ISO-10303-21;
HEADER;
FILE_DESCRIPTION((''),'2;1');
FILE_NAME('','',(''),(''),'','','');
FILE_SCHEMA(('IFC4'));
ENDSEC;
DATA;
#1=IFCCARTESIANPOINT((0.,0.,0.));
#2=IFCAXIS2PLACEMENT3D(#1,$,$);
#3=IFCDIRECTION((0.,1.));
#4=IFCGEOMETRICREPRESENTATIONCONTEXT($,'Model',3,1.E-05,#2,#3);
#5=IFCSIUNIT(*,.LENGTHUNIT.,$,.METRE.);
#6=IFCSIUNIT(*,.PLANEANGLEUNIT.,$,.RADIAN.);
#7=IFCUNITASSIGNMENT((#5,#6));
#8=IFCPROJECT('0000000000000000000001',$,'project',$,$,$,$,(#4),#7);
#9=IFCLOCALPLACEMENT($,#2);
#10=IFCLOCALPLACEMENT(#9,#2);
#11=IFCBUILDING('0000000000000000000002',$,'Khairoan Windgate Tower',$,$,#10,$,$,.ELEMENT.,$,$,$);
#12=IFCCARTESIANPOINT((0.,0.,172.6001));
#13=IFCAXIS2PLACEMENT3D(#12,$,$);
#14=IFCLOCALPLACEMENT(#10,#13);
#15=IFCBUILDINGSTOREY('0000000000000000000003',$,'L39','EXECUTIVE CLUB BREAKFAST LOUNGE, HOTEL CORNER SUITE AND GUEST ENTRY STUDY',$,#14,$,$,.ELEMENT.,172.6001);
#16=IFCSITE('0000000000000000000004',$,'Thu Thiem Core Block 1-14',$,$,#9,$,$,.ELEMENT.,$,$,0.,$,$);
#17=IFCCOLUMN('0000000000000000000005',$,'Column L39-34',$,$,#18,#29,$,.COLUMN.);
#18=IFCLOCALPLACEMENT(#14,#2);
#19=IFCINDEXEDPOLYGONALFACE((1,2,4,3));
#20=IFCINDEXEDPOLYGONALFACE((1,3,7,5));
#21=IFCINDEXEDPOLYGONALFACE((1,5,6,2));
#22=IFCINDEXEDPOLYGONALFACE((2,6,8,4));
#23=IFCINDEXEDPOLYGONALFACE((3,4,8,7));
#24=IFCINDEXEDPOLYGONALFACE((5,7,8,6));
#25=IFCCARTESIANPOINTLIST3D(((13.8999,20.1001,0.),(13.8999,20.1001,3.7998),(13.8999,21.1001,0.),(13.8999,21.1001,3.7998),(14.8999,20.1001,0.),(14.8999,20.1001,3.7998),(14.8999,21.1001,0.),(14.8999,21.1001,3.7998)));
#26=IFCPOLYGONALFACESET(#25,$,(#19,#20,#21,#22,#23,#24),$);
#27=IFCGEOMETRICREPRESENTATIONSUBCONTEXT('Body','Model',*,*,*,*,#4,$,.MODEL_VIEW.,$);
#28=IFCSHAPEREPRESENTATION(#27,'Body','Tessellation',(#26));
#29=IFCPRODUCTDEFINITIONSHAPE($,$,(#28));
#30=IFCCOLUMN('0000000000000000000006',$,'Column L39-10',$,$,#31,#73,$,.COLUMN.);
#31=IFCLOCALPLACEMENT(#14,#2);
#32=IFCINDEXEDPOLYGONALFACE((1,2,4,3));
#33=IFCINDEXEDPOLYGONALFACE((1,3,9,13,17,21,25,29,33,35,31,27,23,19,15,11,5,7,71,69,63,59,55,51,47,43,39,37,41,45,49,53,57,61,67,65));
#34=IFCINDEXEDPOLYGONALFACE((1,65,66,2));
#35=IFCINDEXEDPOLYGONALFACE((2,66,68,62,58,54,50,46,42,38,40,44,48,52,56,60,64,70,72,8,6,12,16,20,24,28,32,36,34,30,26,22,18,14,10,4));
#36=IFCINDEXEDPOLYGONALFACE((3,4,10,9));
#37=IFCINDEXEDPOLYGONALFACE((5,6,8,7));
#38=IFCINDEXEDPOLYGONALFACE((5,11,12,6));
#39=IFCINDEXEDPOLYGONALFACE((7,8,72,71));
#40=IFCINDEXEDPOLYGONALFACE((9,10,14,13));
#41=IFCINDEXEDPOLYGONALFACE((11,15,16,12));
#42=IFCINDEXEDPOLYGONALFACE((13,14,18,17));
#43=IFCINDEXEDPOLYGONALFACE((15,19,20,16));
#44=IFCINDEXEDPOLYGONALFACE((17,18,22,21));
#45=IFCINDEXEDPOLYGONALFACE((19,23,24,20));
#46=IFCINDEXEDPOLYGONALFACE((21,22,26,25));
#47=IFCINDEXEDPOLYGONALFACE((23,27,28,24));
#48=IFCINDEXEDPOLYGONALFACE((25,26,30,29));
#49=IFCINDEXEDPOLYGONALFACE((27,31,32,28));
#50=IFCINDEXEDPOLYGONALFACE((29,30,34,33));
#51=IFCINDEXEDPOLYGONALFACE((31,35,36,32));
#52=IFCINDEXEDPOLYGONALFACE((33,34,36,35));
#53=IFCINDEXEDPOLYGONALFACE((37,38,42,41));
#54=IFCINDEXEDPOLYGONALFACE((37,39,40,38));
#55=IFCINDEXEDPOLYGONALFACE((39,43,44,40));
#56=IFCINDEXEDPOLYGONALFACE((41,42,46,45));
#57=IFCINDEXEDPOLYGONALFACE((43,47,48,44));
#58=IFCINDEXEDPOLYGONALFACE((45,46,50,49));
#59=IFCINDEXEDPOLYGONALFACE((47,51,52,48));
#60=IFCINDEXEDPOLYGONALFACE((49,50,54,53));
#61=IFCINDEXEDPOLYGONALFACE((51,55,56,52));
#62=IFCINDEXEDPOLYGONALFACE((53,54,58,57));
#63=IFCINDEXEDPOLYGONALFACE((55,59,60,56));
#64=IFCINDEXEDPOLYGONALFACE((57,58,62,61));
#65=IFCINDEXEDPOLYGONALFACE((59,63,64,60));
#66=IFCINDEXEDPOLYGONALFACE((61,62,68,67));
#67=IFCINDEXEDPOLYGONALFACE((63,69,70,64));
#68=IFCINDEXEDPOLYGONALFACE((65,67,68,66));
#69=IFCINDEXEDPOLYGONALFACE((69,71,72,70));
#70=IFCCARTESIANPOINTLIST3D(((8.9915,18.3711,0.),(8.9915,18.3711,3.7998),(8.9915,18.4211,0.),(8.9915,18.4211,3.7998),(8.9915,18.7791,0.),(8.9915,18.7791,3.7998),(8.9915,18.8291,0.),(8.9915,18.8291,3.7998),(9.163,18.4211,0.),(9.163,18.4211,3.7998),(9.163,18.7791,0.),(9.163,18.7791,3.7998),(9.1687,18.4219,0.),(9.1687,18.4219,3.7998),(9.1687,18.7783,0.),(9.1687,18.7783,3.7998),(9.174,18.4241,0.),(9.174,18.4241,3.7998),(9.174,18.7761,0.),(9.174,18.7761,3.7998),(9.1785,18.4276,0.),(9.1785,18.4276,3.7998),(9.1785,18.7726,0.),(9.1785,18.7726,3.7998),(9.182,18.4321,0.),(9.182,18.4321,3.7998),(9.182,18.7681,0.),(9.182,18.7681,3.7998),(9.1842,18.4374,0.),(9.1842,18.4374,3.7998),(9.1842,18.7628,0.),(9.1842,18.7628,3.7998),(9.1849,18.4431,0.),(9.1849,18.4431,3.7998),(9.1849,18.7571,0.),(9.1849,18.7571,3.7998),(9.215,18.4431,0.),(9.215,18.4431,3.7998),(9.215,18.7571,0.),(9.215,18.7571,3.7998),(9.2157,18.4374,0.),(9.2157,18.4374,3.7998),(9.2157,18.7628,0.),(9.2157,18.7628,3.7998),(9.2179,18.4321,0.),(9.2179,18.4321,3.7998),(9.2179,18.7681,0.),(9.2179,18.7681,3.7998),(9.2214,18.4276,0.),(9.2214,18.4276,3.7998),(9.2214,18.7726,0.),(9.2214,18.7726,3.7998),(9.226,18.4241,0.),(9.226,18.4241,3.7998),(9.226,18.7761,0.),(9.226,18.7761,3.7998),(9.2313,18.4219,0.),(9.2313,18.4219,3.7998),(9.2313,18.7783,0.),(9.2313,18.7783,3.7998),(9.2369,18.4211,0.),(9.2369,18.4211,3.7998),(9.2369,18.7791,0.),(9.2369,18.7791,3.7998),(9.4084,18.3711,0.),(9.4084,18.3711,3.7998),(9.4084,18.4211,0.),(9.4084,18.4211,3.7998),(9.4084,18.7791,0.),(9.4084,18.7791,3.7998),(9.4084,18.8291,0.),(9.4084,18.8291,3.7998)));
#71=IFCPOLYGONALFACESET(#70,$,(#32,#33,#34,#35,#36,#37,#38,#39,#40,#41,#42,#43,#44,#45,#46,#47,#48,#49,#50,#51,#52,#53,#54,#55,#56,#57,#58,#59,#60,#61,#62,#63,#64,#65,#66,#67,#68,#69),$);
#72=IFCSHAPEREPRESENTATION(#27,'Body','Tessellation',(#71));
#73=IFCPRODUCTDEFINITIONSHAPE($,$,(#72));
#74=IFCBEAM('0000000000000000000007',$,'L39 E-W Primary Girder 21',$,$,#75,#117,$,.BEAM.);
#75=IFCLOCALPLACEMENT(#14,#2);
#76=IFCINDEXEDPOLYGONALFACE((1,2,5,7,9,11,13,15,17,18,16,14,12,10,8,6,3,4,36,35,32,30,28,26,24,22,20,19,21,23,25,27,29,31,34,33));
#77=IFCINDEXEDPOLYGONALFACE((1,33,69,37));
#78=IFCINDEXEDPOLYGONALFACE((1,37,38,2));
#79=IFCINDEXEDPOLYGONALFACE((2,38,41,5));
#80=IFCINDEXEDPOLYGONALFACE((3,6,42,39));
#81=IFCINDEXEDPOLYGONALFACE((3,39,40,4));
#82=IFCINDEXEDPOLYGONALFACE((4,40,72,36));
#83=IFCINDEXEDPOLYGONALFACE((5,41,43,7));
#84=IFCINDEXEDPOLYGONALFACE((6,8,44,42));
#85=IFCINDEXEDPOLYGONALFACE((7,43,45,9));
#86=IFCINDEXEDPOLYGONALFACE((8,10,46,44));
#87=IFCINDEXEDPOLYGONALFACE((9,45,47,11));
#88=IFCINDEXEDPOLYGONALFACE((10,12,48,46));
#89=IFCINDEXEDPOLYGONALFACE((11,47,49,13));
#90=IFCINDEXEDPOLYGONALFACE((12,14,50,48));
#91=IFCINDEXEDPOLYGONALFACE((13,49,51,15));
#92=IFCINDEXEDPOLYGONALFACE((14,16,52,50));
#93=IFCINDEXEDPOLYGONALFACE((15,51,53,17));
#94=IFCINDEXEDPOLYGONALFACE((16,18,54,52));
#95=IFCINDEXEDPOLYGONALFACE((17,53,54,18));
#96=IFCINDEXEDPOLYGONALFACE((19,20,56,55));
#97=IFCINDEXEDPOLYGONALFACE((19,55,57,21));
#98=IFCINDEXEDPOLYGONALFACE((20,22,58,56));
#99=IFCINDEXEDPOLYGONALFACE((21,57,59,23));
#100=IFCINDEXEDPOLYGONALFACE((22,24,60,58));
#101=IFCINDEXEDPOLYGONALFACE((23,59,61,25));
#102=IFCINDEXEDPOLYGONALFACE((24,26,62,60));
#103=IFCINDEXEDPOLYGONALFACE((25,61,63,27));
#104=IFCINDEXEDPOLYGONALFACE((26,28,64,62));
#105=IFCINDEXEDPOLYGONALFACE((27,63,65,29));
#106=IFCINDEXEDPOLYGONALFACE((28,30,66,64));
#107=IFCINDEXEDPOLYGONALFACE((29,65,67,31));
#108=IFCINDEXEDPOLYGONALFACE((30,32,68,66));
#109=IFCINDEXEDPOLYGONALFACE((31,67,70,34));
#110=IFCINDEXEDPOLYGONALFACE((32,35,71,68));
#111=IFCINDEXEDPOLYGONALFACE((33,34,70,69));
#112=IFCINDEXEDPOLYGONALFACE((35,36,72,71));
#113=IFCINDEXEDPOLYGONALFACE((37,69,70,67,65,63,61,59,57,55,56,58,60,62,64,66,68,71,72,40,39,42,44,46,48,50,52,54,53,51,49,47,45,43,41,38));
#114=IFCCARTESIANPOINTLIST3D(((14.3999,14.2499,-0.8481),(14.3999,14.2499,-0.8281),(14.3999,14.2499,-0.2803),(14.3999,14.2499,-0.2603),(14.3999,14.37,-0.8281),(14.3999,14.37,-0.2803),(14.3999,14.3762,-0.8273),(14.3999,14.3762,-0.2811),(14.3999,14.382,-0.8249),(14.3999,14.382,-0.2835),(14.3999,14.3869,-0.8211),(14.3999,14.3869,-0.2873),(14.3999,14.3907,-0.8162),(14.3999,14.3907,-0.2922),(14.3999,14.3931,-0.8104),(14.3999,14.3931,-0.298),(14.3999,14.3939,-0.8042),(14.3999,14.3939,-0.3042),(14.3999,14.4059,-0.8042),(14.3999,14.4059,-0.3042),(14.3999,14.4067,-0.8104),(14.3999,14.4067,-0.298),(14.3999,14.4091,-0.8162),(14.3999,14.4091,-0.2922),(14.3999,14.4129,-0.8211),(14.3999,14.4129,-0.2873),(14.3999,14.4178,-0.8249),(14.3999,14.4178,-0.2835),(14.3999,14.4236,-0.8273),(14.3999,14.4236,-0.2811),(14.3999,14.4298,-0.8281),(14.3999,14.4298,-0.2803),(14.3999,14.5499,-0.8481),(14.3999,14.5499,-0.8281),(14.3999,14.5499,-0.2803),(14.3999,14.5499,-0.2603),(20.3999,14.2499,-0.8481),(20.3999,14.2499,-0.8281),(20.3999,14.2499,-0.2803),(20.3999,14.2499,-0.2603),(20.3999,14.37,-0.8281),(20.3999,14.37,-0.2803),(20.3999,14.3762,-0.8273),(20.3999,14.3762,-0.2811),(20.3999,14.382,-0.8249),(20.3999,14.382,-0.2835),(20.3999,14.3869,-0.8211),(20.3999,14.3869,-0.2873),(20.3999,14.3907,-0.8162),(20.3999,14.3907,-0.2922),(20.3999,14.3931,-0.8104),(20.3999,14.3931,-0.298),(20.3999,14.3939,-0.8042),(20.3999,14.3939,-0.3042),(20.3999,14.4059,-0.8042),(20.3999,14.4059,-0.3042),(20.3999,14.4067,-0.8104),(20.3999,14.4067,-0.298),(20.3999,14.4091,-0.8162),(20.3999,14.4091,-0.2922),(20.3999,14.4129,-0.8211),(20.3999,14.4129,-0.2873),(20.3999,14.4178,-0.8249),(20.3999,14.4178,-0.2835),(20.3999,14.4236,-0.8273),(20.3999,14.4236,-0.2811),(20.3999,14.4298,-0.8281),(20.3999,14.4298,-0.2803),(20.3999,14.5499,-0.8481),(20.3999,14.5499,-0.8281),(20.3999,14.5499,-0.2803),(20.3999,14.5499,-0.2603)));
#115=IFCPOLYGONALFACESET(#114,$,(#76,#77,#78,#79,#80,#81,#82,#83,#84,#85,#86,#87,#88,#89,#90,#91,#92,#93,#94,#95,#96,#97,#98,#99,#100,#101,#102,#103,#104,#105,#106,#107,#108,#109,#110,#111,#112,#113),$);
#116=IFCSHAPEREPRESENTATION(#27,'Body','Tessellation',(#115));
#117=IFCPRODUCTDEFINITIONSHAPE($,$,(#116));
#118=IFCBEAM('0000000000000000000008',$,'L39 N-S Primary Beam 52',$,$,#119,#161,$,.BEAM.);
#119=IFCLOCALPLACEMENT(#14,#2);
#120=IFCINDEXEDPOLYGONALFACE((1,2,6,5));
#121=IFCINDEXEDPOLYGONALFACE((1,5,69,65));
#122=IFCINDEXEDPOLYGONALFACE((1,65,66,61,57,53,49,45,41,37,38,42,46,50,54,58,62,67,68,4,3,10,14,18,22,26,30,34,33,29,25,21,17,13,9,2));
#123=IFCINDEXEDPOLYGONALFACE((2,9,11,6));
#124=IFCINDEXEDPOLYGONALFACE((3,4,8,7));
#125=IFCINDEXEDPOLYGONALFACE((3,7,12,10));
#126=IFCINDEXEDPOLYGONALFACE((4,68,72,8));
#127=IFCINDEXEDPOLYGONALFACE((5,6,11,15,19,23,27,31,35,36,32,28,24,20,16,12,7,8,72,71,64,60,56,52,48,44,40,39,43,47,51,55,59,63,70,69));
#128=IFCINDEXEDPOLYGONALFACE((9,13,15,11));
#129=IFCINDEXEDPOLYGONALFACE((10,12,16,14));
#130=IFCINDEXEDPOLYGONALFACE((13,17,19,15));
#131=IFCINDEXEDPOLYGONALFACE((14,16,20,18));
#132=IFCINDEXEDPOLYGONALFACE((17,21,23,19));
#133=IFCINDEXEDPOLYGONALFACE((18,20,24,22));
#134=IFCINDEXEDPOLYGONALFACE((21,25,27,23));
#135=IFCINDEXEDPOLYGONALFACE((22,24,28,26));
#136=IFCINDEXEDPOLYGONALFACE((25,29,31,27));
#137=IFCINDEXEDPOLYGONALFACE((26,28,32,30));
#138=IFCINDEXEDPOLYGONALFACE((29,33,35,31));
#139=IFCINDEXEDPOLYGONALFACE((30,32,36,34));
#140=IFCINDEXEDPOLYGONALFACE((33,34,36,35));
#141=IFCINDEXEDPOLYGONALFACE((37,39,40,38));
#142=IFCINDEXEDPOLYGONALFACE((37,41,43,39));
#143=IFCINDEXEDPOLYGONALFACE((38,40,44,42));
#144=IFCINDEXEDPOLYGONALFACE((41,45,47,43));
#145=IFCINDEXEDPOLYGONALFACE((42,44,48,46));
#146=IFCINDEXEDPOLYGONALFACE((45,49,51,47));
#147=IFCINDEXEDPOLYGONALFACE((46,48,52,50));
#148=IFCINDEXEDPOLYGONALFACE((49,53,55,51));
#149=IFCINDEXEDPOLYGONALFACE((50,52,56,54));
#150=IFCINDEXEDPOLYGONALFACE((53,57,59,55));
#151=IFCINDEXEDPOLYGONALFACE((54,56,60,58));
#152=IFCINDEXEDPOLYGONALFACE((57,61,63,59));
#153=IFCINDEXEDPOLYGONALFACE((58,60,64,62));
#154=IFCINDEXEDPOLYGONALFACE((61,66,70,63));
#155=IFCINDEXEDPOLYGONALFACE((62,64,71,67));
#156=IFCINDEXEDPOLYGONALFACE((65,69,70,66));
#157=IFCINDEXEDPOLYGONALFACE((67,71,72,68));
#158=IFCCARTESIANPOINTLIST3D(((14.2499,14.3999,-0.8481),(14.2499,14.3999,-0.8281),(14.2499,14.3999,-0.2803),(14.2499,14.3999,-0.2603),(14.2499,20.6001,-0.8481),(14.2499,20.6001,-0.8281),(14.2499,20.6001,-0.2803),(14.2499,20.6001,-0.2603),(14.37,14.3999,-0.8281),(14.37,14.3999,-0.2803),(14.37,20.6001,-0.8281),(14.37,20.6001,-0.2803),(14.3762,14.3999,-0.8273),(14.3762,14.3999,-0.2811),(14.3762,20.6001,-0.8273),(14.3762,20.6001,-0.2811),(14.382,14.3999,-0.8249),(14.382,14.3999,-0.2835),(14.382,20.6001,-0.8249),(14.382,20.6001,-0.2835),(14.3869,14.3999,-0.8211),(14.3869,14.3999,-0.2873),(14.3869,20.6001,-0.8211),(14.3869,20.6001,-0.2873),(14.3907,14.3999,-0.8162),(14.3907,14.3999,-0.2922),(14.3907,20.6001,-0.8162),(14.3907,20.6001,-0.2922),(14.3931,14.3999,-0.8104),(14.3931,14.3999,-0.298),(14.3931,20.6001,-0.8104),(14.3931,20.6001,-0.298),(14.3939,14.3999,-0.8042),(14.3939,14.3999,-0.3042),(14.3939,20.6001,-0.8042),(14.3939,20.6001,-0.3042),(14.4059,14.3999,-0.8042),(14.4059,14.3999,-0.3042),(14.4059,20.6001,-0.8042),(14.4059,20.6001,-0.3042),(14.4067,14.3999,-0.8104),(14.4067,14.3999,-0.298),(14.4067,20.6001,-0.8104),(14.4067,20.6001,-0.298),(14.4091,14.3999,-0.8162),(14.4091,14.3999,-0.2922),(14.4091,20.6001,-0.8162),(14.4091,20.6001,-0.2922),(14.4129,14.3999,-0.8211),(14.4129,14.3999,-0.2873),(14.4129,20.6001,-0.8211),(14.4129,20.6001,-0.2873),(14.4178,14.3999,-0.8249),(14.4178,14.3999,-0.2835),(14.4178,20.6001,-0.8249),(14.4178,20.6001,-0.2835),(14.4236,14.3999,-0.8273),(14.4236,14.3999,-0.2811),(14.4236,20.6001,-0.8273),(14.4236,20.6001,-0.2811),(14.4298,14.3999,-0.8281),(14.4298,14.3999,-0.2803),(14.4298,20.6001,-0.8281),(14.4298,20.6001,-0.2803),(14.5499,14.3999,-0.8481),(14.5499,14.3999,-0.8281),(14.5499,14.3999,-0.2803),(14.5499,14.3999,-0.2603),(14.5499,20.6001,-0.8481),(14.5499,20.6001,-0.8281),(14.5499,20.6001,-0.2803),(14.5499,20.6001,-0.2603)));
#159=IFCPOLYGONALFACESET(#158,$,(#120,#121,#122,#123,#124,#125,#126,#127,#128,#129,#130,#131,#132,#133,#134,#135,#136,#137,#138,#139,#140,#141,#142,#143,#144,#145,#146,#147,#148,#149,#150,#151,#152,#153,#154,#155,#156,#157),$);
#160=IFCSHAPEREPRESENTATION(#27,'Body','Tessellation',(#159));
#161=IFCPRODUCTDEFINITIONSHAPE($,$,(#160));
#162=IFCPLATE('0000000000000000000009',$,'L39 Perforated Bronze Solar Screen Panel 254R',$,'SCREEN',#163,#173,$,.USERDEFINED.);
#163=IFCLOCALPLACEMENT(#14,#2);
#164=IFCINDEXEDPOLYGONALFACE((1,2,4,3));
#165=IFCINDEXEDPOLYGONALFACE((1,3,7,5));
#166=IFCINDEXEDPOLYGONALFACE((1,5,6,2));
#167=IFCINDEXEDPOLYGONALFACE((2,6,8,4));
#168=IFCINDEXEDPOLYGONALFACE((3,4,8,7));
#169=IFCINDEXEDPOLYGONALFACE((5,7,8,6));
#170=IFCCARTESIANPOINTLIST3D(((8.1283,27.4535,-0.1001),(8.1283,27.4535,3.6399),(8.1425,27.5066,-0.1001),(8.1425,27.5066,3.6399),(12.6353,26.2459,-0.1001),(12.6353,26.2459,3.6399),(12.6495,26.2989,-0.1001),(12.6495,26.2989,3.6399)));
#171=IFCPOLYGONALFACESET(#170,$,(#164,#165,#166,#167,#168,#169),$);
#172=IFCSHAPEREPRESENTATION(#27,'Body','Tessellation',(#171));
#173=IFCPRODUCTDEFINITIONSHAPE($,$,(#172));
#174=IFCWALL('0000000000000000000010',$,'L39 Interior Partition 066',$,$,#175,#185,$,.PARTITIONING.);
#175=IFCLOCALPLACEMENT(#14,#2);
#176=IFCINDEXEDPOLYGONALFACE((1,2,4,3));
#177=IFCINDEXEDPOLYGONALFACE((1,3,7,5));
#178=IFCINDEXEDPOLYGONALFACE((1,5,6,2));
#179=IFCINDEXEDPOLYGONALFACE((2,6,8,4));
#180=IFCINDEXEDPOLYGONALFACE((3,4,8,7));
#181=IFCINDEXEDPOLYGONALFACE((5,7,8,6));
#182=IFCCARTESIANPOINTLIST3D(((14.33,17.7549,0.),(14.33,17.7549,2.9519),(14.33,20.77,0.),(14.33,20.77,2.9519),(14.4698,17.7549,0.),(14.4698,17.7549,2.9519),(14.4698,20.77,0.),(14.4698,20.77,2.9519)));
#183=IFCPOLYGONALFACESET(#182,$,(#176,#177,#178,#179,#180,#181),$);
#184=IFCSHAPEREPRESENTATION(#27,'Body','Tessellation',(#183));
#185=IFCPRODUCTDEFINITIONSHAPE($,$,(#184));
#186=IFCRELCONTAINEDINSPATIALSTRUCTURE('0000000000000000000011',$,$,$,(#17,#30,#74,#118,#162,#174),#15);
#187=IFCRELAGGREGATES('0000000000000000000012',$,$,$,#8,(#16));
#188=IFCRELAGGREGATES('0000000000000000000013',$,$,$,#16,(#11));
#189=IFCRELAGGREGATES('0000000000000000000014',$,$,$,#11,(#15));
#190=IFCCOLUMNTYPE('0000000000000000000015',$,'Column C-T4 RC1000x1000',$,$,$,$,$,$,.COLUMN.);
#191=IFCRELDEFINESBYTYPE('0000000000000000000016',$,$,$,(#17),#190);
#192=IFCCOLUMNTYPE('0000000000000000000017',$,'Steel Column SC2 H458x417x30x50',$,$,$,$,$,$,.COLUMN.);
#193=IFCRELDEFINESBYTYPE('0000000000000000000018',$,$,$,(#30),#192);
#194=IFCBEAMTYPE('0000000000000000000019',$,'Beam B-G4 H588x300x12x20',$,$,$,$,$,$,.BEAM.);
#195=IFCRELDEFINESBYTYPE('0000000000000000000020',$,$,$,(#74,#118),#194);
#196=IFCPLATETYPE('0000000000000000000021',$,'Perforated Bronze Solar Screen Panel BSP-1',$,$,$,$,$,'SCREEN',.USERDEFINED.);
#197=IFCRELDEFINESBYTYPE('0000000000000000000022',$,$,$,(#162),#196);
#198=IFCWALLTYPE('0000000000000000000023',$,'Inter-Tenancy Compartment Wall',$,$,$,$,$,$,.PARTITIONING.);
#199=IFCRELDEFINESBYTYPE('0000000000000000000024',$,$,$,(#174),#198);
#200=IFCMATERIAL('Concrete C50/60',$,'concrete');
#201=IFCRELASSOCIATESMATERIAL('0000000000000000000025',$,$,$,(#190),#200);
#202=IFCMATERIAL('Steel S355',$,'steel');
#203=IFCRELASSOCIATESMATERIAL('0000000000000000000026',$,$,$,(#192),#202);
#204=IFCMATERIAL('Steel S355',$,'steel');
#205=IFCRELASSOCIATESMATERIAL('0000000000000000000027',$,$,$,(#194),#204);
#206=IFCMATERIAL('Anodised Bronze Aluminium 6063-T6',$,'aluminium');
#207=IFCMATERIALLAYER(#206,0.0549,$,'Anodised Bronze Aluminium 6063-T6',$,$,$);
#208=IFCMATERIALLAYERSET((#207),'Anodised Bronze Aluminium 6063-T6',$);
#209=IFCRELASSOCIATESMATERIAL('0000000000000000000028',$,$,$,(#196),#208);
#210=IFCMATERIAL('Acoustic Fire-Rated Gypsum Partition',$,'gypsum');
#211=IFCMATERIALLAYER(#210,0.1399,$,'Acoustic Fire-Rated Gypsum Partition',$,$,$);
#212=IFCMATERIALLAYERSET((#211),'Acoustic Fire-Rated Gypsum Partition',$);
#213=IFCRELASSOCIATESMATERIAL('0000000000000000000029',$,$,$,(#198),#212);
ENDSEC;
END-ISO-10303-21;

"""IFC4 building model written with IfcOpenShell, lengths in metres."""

from ifc_helpers import new_model, si_unit, direction, frame, frame_2d, origin, origin_2d, place, context, subcontext, project, spatial, rectangle, i_section, extrude, material, layer, layer_set, material_profile, profile_set, type_object, element, save


model = new_model("IFC4")

# Units and contexts
model_context = context("Model", 3, precision=1e-05, world=origin(), true_north=direction((0.0, 1.0)))
body_context = subcontext(model_context, "Body", "Model", "MODEL_VIEW")
ifc_project = project(units=[si_unit("LENGTHUNIT", "METRE"), si_unit("PLANEANGLEUNIT", "RADIAN")], contexts=[model_context])

# Site, building, storey
site_placement = place(None, origin())
site = spatial("IfcSite", under=ifc_project, at=site_placement, Name="Thu Thiem Core Block 1-14", CompositionType="ELEMENT", RefElevation=0.0)
building_placement = place(site_placement, origin())
building = spatial("IfcBuilding", under=site, at=building_placement, Name="Khairoan Windgate Tower", CompositionType="ELEMENT")
storey_placement = place(building_placement, frame((0.0, 0.0, 172.6001)))
storey = spatial("IfcBuildingStorey", under=building, at=storey_placement, Name="L39", Description="EXECUTIVE CLUB BREAKFAST LOUNGE, HOTEL CORNER SUITE AND GUEST ENTRY STUDY", CompositionType="ELEMENT", Elevation=172.6001)

# Columns
ifc_material_1 = material(Name="Concrete C50/60", Category="concrete")
ifc_material_profile_1 = material_profile(ifc_material_1, rectangle(XDim=1.0, YDim=1.0, at=origin_2d()))
ifc_profile_set_1 = profile_set([ifc_material_profile_1], Name="Concrete C50/60")
column_type_1 = type_object("IfcColumnType", Name="Column C-T4 RC1000x1000", PredefinedType="COLUMN", material=ifc_profile_set_1)
column_1_placement = place(storey_placement, frame((14.3999, 20.6001, 0.0), z_axis=(0.0, 0.0, 1.0), x_axis=(1.0, 0.0, 0.0)))
element("IfcColumn", 1, at=column_1_placement, inside=storey, type_object=column_type_1, Name="Column L39-34", PredefinedType="COLUMN", context=body_context, shape_type="SweptSolid", body=[
    extrude(rectangle(XDim=1.0, YDim=1.0, at=origin_2d()), origin(), (0.0, 0.0, 1.0), 3.7998),
])
ifc_material_2 = material(Name="Steel S355", Category="steel")
ifc_material_profile_2 = material_profile(ifc_material_2, i_section(OverallWidth=0.417, OverallDepth=0.458, WebThickness=0.03, FlangeThickness=0.05, FilletRadius=0.022, at=origin_2d()))
ifc_profile_set_2 = profile_set([ifc_material_profile_2], Name="Steel S355")
column_type_2 = type_object("IfcColumnType", Name="Steel Column SC2 H458x417x30x50", PredefinedType="COLUMN", material=ifc_profile_set_2)
column_2_placement = place(storey_placement, frame((9.2, 18.6001, 0.0), z_axis=(0.0, 0.0, 1.0), x_axis=(1.0, 0.0, 0.0)))
element("IfcColumn", 2, at=column_2_placement, inside=storey, type_object=column_type_2, Name="Column L39-10", PredefinedType="COLUMN", context=body_context, shape_type="SweptSolid", body=[
    extrude(i_section(OverallWidth=0.417, OverallDepth=0.458, WebThickness=0.03, FlangeThickness=0.05, FilletRadius=0.022, at=origin_2d()), origin(), (0.0, 0.0, 1.0), 3.7998),
])

# Beams
ifc_material_3 = material(Name="Steel S355", Category="steel")
ifc_material_profile_3 = material_profile(ifc_material_3, i_section(OverallWidth=0.3, OverallDepth=0.5879, WebThickness=0.012, FlangeThickness=0.02, FilletRadius=0.0239, at=origin_2d()))
ifc_profile_set_3 = profile_set([ifc_material_profile_3], Name="Steel S355")
beam_type = type_object("IfcBeamType", Name="Beam B-G4 H588x300x12x20", PredefinedType="BEAM", material=ifc_profile_set_3)
beam_1_placement = place(storey_placement, frame((14.3999, 14.3999, -0.5542), z_axis=(1.0, 0.0, 0.0), x_axis=(0.0, 1.0, 0.0)))
element("IfcBeam", 3, at=beam_1_placement, inside=storey, type_object=beam_type, Name="L39 E-W Primary Girder 21", PredefinedType="BEAM", context=body_context, shape_type="SweptSolid", body=[
    extrude(i_section(OverallWidth=0.3, OverallDepth=0.5879, WebThickness=0.012, FlangeThickness=0.02, FilletRadius=0.0239, at=origin_2d()), origin(), (0.0, 0.0, 1.0), 6.0),
])
beam_2_placement = place(storey_placement, frame((14.3999, 14.3999, -0.5542), z_axis=(0.0, 1.0, 0.0), x_axis=(-1.0, 0.0, 0.0)))
element("IfcBeam", 4, at=beam_2_placement, inside=storey, type_object=beam_type, Name="L39 N-S Primary Beam 52", PredefinedType="BEAM", context=body_context, shape_type="SweptSolid", body=[
    extrude(i_section(OverallWidth=0.3, OverallDepth=0.5879, WebThickness=0.012, FlangeThickness=0.02, FilletRadius=0.0239, at=origin_2d()), origin(), (0.0, 0.0, 1.0), 6.2002),
])

# Plate
ifc_material_4 = material(Name="Anodised Bronze Aluminium 6063-T6", Category="aluminium")
ifc_layer_1 = layer(ifc_material_4, 0.0549, Name="Anodised Bronze Aluminium 6063-T6")
ifc_layer_set_1 = layer_set([ifc_layer_1], Name="Anodised Bronze Aluminium 6063-T6")
plate_type = type_object("IfcPlateType", Name="Perforated Bronze Solar Screen Panel BSP-1", ElementType="SCREEN", PredefinedType="USERDEFINED", material=ifc_layer_set_1)
plate_placement = place(storey_placement, frame((10.3889, 26.8762, -0.1001), z_axis=(0.0, 0.0, 1.0), x_axis=(0.965926, -0.258819, 0.0)))
element("IfcPlate", 5, at=plate_placement, inside=storey, type_object=plate_type, Name="L39 Perforated Bronze Solar Screen Panel 254R", ObjectType="SCREEN", PredefinedType="USERDEFINED", context=body_context, shape_type="SweptSolid", body=[
    extrude(rectangle(XDim=4.666, YDim=0.0549, at=origin_2d()), origin(), (0.0, 0.0, 1.0), 3.74),
])

# Wall
ifc_material_5 = material(Name="Acoustic Fire-Rated Gypsum Partition", Category="gypsum")
ifc_layer_2 = layer(ifc_material_5, 0.1399, Name="Acoustic Fire-Rated Gypsum Partition")
ifc_layer_set_2 = layer_set([ifc_layer_2], Name="Acoustic Fire-Rated Gypsum Partition")
wall_type_1 = type_object("IfcWallType", Name="Inter-Tenancy Compartment Wall", PredefinedType="PARTITIONING", material=ifc_layer_set_2)
wall_1_placement = place(storey_placement, frame((14.3999, 17.7549, 0.0), z_axis=(0.0, 0.0, 1.0), x_axis=(0.0, 1.0, 0.0)))
element("IfcWall", 6, at=wall_1_placement, inside=storey, type_object=wall_type_1, Name="L39 Interior Partition 066", PredefinedType="PARTITIONING", context=body_context, shape_type="SweptSolid", body=[
    extrude(rectangle(XDim=3.0151, YDim=0.1399, at=frame_2d((1.5076, 0.0))), origin(), (0.0, 0.0, 1.0), 2.9519),
])

save(model, "model.ifc")
